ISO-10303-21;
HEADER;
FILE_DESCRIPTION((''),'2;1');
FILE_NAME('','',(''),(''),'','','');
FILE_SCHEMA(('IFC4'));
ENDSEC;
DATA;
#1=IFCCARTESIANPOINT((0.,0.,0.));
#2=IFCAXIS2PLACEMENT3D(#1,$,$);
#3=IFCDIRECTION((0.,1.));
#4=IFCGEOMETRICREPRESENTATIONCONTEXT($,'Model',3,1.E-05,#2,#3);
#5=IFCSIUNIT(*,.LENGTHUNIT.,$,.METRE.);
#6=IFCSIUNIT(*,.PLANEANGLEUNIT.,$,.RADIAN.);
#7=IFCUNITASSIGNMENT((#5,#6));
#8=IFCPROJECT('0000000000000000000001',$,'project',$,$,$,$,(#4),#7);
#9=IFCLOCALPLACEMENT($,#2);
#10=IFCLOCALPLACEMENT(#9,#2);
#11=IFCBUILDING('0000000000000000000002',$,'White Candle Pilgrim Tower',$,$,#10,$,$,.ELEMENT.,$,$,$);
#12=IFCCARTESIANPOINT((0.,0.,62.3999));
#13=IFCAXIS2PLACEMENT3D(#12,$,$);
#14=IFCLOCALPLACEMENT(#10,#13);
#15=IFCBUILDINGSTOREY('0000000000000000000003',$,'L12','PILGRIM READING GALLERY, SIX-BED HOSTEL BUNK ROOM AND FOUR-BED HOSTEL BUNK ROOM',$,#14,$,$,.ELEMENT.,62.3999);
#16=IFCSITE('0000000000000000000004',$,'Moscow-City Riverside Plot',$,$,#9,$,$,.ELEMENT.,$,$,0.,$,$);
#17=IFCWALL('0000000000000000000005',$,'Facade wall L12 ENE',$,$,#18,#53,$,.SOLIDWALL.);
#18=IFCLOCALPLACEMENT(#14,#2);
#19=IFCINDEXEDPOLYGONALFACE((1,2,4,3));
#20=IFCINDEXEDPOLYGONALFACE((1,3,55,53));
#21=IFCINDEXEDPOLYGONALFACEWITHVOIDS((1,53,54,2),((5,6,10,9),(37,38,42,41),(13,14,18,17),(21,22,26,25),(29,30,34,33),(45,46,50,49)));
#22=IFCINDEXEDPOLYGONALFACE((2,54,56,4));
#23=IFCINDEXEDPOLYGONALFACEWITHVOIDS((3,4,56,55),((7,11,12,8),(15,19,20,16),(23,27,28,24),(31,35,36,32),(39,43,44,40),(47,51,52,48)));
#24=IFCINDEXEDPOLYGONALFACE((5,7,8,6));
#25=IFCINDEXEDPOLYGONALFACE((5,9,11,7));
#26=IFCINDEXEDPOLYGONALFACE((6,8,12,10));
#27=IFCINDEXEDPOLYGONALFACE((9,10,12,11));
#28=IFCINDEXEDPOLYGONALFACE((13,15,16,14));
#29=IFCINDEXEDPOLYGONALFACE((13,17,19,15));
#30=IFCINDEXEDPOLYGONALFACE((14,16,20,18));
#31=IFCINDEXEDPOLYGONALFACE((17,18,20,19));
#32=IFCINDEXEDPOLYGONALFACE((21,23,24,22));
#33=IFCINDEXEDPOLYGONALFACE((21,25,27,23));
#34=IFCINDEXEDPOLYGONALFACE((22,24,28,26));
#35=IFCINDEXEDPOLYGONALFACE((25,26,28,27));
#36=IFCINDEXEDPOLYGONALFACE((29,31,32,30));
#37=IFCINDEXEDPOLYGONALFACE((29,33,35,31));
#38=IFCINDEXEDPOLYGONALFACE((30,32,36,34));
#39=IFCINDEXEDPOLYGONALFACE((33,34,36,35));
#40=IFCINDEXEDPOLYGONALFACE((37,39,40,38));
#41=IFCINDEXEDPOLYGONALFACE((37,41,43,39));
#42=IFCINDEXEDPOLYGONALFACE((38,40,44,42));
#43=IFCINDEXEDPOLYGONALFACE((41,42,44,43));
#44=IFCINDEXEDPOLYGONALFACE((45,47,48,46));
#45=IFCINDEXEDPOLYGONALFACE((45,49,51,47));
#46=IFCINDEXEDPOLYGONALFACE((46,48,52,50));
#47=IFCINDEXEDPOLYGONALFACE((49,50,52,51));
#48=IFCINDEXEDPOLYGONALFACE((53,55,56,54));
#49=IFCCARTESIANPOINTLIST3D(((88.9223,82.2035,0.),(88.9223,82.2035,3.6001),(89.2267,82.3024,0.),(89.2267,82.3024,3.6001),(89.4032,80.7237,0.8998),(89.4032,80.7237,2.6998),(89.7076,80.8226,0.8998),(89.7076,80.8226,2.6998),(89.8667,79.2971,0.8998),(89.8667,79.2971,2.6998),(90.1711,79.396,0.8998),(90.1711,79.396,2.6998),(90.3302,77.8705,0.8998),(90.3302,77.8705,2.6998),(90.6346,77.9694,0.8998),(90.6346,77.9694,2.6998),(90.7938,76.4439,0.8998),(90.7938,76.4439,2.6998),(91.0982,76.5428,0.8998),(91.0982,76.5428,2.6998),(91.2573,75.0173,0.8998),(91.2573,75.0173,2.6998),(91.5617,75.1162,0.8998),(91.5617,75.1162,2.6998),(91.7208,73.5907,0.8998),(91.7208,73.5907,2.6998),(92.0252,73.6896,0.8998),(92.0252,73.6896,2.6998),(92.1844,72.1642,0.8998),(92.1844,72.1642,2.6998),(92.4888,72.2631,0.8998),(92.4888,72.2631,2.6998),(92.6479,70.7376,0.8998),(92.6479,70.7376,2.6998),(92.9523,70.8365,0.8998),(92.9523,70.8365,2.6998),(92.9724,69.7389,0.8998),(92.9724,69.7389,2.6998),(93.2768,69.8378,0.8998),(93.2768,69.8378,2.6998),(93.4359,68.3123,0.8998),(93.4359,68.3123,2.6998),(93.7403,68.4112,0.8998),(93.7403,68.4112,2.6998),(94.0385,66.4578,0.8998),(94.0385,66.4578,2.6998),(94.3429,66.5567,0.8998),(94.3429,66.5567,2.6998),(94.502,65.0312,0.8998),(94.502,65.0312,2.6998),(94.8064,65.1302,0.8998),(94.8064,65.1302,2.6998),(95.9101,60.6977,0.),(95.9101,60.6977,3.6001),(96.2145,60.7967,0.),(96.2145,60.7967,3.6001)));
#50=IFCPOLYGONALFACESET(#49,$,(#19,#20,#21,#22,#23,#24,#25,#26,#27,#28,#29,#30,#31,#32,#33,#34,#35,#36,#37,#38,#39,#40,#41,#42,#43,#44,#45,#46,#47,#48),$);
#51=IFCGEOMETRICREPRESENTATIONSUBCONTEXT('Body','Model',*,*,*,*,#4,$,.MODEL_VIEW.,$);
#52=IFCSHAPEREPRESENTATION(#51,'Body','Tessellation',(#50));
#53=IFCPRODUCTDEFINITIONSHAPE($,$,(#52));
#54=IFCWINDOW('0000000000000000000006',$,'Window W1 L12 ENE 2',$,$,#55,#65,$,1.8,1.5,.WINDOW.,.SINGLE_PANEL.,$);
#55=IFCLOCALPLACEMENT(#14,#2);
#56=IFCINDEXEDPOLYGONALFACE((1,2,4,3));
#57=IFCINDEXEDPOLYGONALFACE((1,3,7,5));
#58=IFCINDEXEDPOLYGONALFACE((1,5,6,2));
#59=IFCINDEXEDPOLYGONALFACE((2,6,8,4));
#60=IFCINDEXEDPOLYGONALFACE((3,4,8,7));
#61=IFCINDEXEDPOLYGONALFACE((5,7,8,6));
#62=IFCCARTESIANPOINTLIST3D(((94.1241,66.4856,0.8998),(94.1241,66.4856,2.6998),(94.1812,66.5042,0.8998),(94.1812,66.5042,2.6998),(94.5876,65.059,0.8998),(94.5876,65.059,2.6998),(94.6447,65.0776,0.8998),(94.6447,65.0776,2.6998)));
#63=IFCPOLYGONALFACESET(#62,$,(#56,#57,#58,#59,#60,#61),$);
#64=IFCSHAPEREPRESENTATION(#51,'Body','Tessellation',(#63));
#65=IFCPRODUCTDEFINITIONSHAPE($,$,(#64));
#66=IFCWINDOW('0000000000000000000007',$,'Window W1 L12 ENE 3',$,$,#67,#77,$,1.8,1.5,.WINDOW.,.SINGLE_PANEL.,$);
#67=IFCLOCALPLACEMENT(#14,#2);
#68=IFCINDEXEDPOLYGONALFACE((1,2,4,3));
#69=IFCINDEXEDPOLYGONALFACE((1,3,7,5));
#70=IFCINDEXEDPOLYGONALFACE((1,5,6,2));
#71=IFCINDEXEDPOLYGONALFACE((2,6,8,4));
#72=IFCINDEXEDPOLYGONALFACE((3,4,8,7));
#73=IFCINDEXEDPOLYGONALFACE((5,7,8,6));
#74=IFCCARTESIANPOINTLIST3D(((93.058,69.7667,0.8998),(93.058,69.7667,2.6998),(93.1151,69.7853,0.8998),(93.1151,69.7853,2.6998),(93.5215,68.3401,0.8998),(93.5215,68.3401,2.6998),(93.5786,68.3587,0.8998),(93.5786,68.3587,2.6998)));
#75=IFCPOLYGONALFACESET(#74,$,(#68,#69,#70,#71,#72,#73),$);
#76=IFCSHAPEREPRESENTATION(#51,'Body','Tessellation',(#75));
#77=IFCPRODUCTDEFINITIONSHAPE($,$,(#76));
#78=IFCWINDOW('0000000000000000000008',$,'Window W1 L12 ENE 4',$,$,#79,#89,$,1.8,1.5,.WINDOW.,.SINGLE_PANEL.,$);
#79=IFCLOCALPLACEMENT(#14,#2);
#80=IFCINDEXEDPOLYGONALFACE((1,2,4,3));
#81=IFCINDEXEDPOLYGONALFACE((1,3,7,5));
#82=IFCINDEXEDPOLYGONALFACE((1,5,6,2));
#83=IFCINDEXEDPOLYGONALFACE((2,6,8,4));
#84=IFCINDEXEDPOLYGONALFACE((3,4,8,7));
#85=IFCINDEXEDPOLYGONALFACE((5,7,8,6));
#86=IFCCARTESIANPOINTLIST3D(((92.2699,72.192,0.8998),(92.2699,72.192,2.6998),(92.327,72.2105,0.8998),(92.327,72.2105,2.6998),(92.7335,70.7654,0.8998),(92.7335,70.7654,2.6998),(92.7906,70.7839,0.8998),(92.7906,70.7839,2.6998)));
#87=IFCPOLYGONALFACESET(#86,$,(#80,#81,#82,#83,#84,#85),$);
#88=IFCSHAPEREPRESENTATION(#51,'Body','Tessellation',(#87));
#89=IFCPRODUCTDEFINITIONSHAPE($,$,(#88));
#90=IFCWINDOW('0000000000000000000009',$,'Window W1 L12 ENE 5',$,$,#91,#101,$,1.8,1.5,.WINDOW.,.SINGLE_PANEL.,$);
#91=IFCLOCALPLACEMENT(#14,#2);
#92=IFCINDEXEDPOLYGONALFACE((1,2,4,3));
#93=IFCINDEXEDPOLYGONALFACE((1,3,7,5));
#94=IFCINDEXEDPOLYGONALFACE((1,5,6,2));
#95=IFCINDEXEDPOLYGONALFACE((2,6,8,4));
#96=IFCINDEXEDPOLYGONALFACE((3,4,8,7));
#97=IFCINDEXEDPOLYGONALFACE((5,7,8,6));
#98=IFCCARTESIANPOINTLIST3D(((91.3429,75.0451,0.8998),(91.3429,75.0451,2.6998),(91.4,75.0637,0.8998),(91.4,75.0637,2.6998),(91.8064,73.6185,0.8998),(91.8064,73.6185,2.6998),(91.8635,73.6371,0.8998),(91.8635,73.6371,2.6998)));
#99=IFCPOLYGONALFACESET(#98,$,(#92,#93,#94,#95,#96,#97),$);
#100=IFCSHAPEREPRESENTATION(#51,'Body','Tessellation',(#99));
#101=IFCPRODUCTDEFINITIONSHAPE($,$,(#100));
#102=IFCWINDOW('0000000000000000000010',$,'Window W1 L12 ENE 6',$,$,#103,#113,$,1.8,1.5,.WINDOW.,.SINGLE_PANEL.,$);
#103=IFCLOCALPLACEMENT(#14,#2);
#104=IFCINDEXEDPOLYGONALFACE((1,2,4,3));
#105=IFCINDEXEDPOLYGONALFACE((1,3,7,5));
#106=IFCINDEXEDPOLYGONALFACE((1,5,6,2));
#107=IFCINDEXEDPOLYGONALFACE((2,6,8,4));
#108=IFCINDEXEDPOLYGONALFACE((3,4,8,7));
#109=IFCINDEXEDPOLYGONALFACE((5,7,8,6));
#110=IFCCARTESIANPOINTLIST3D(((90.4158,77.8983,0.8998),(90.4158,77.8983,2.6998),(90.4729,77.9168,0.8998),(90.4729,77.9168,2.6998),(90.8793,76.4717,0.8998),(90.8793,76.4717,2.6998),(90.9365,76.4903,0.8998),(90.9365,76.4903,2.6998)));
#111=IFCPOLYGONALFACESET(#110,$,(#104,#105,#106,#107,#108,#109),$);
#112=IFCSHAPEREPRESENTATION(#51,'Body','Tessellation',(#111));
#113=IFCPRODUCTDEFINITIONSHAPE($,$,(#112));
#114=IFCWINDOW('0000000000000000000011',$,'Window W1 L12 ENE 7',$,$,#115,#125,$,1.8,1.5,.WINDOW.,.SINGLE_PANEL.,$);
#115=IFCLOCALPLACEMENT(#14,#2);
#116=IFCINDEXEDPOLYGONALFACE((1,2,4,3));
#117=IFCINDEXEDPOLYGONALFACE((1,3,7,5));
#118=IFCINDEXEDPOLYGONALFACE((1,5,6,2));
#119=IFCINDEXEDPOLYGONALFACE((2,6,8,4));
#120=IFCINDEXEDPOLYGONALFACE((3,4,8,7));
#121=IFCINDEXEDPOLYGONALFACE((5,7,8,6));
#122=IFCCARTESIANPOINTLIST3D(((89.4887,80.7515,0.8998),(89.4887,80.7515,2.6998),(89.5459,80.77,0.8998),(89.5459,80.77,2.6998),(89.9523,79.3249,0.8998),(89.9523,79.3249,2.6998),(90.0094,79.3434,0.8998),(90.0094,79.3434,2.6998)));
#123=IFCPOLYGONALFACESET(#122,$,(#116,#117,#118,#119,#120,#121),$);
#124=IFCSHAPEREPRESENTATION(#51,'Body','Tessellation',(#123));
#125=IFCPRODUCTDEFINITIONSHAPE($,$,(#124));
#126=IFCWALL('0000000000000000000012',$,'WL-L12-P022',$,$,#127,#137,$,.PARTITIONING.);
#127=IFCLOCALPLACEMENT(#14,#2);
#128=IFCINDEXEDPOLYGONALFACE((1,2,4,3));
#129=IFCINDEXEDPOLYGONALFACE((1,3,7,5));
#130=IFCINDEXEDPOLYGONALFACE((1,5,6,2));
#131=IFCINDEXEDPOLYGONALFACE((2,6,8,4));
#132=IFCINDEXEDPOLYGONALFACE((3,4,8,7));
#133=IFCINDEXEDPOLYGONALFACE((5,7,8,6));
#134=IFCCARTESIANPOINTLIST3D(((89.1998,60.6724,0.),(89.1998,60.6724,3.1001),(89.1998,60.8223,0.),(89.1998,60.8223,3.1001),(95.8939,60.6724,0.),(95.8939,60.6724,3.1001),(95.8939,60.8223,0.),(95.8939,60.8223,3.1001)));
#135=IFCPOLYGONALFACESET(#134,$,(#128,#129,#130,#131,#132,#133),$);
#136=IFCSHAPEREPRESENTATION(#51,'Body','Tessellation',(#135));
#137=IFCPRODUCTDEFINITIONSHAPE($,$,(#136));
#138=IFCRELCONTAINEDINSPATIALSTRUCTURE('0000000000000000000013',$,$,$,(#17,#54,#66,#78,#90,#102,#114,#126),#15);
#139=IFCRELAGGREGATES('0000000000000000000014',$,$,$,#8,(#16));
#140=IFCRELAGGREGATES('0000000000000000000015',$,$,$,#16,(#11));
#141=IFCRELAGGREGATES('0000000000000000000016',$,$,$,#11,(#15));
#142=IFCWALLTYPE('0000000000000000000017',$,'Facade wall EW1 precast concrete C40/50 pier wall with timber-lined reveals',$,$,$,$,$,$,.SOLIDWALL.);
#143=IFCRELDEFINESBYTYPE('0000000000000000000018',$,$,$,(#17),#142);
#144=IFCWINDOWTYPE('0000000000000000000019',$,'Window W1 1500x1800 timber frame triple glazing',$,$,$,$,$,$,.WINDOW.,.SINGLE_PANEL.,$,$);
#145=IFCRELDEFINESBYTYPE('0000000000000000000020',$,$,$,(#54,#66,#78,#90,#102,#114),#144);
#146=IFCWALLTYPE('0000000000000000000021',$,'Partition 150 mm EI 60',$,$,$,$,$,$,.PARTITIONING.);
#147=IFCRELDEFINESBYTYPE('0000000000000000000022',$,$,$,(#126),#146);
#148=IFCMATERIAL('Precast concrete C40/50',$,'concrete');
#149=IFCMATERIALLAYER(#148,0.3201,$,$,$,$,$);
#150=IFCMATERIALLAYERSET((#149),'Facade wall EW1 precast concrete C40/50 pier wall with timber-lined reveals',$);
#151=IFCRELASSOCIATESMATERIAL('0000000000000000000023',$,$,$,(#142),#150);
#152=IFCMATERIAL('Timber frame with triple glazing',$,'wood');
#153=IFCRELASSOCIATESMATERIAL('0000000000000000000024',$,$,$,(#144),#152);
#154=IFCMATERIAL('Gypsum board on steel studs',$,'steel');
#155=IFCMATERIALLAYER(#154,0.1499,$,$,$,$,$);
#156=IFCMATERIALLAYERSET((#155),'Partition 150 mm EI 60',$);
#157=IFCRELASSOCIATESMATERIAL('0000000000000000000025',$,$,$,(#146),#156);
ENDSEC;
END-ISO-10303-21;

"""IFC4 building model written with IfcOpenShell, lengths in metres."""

from ifc_helpers import new_model, si_unit, direction, frame, frame_2d, origin, place, context, subcontext, project, spatial, rectangle, extrude, material, layer, layer_set, type_object, element, fill, save


model = new_model("IFC4")

# Units and contexts
model_context = context("Model", 3, precision=1e-05, world=origin(), true_north=direction((0.0, 1.0)))
body_context = subcontext(model_context, "Body", "Model", "MODEL_VIEW")
ifc_project = project(units=[si_unit("LENGTHUNIT", "METRE"), si_unit("PLANEANGLEUNIT", "RADIAN")], contexts=[model_context])

# Site, building, storey
site_placement = place(None, origin())
site = spatial("IfcSite", under=ifc_project, at=site_placement, Name="Moscow-City Riverside Plot", CompositionType="ELEMENT", RefElevation=0.0)
building_placement = place(site_placement, origin())
building = spatial("IfcBuilding", under=site, at=building_placement, Name="White Candle Pilgrim Tower", CompositionType="ELEMENT")
storey_placement = place(building_placement, frame((0.0, 0.0, 62.3999)))
storey = spatial("IfcBuildingStorey", under=building, at=storey_placement, Name="L12", Description="PILGRIM READING GALLERY, SIX-BED HOSTEL BUNK ROOM AND FOUR-BED HOSTEL BUNK ROOM", CompositionType="ELEMENT", Elevation=62.3999)

# Shared definitions
ifc_material_1 = material(Name="Gypsum board on steel studs", Category="steel")

# Wall, openings, windows
ifc_material_2 = material(Name="Precast concrete C40/50", Category="concrete")
ifc_layer_1 = layer(ifc_material_2, 0.3201)
ifc_layer_set_1 = layer_set([ifc_layer_1], Name="Facade wall EW1 precast concrete C40/50 pier wall with timber-lined reveals")
wall_type_1 = type_object("IfcWallType", Name="Facade wall EW1 precast concrete C40/50 pier wall with timber-lined reveals", PredefinedType="SOLIDWALL", material=ifc_layer_set_1)
wall_1_placement = place(storey_placement, frame((96.0623, 60.7473, 0.0), z_axis=(0.0, 0.0, 1.0), x_axis=(-0.309022, 0.951055, 0.0)))
wall_1 = element("IfcWall", 1, at=wall_1_placement, inside=storey, type_object=wall_type_1, Name="Facade wall L12 ENE", PredefinedType="SOLIDWALL", context=body_context, shape_type="SweptSolid", body=[
    extrude(rectangle(XDim=22.6125, YDim=0.3201, at=frame_2d((11.3062, 0.0))), origin(), (0.0, 0.0, 1.0), 3.6001),
])
opening_1_placement = place(wall_1_placement, frame((4.5564, 0.0, 0.8999)))
opening_1 = element("IfcOpeningElement", 2, at=opening_1_placement, cuts=wall_1, PredefinedType="OPENING", context=body_context, shape_type="SweptSolid", body=[
    extrude(rectangle(XDim=1.5, YDim=1.8, at=frame_2d((0.75, 0.8999))), frame((0.0, 0.1699, 0.0), z_axis=(0.0, -1.0, 0.0), x_axis=(1.0, 0.0, 0.0)), (0.0, 0.0, 1.0), 0.3401),
])
opening_2_placement = place(wall_1_placement, frame((8.0063, 0.0, 0.8999)))
opening_2 = element("IfcOpeningElement", 3, at=opening_2_placement, cuts=wall_1, PredefinedType="OPENING", context=body_context, shape_type="SweptSolid", body=[
    extrude(rectangle(XDim=1.5, YDim=1.8, at=frame_2d((0.75, 0.8999))), frame((0.0, 0.1699, 0.0), z_axis=(0.0, -1.0, 0.0), x_axis=(1.0, 0.0, 0.0)), (0.0, 0.0, 1.0), 0.3401),
])
opening_3_placement = place(wall_1_placement, frame((10.5564, 0.0, 0.8999)))
opening_3 = element("IfcOpeningElement", 4, at=opening_3_placement, cuts=wall_1, PredefinedType="OPENING", context=body_context, shape_type="SweptSolid", body=[
    extrude(rectangle(XDim=1.5, YDim=1.8, at=frame_2d((0.75, 0.8999))), frame((0.0, 0.1699, 0.0), z_axis=(0.0, -1.0, 0.0), x_axis=(1.0, 0.0, 0.0)), (0.0, 0.0, 1.0), 0.3401),
])
opening_4_placement = place(wall_1_placement, frame((13.5564, 0.0, 0.8999)))
opening_4 = element("IfcOpeningElement", 5, at=opening_4_placement, cuts=wall_1, PredefinedType="OPENING", context=body_context, shape_type="SweptSolid", body=[
    extrude(rectangle(XDim=1.5, YDim=1.8, at=frame_2d((0.75, 0.8999))), frame((0.0, 0.1699, 0.0), z_axis=(0.0, -1.0, 0.0), x_axis=(1.0, 0.0, 0.0)), (0.0, 0.0, 1.0), 0.3401),
])
opening_5_placement = place(wall_1_placement, frame((16.5564, 0.0, 0.8999)))
opening_5 = element("IfcOpeningElement", 6, at=opening_5_placement, cuts=wall_1, PredefinedType="OPENING", context=body_context, shape_type="SweptSolid", body=[
    extrude(rectangle(XDim=1.5, YDim=1.8, at=frame_2d((0.75, 0.8999))), frame((0.0, 0.1699, 0.0), z_axis=(0.0, -1.0, 0.0), x_axis=(1.0, 0.0, 0.0)), (0.0, 0.0, 1.0), 0.3401),
])
opening_6_placement = place(wall_1_placement, frame((19.5564, 0.0, 0.8999)))
opening_6 = element("IfcOpeningElement", 7, at=opening_6_placement, cuts=wall_1, PredefinedType="OPENING", context=body_context, shape_type="SweptSolid", body=[
    extrude(rectangle(XDim=1.5, YDim=1.8, at=frame_2d((0.75, 0.8999))), frame((0.0, 0.1699, 0.0), z_axis=(0.0, -1.0, 0.0), x_axis=(1.0, 0.0, 0.0)), (0.0, 0.0, 1.0), 0.3401),
])
ifc_material_3 = material(Name="Timber frame with triple glazing", Category="wood")
window_type = type_object("IfcWindowType", Name="Window W1 1500x1800 timber frame triple glazing", PartitioningType="SINGLE_PANEL", PredefinedType="WINDOW", material=ifc_material_3)
window_1_placement = place(opening_1_placement, origin())
window_1 = element("IfcWindow", 8, at=window_1_placement, inside=storey, type_object=window_type, Name="Window W1 L12 ENE 2", OverallHeight=1.8, OverallWidth=1.5, PartitioningType="SINGLE_PANEL", PredefinedType="WINDOW", context=body_context, shape_type="SweptSolid", body=[
    extrude(rectangle(XDim=1.5, YDim=1.8, at=frame_2d((0.75, 0.8999))), frame((0.0, 0.0701, 0.0), z_axis=(0.0, -1.0, 0.0), x_axis=(1.0, 0.0, 0.0)), (0.0, 0.0, 1.0), 0.0601),
])
fill(opening_1, window_1)
window_2_placement = place(opening_2_placement, origin())
window_2 = element("IfcWindow", 9, at=window_2_placement, inside=storey, type_object=window_type, Name="Window W1 L12 ENE 3", OverallHeight=1.8, OverallWidth=1.5, PartitioningType="SINGLE_PANEL", PredefinedType="WINDOW", context=body_context, shape_type="SweptSolid", body=[
    extrude(rectangle(XDim=1.5, YDim=1.8, at=frame_2d((0.75, 0.8999))), frame((0.0, 0.0701, 0.0), z_axis=(0.0, -1.0, 0.0), x_axis=(1.0, 0.0, 0.0)), (0.0, 0.0, 1.0), 0.0601),
])
fill(opening_2, window_2)
window_3_placement = place(opening_3_placement, origin())
window_3 = element("IfcWindow", 10, at=window_3_placement, inside=storey, type_object=window_type, Name="Window W1 L12 ENE 4", OverallHeight=1.8, OverallWidth=1.5, PartitioningType="SINGLE_PANEL", PredefinedType="WINDOW", context=body_context, shape_type="SweptSolid", body=[
    extrude(rectangle(XDim=1.5, YDim=1.8, at=frame_2d((0.75, 0.8999))), frame((0.0, 0.0701, 0.0), z_axis=(0.0, -1.0, 0.0), x_axis=(1.0, 0.0, 0.0)), (0.0, 0.0, 1.0), 0.0601),
])
fill(opening_3, window_3)
window_4_placement = place(opening_4_placement, origin())
window_4 = element("IfcWindow", 11, at=window_4_placement, inside=storey, type_object=window_type, Name="Window W1 L12 ENE 5", OverallHeight=1.8, OverallWidth=1.5, PartitioningType="SINGLE_PANEL", PredefinedType="WINDOW", context=body_context, shape_type="SweptSolid", body=[
    extrude(rectangle(XDim=1.5, YDim=1.8, at=frame_2d((0.75, 0.8999))), frame((0.0, 0.0701, 0.0), z_axis=(0.0, -1.0, 0.0), x_axis=(1.0, 0.0, 0.0)), (0.0, 0.0, 1.0), 0.0601),
])
fill(opening_4, window_4)
window_5_placement = place(opening_5_placement, origin())
window_5 = element("IfcWindow", 12, at=window_5_placement, inside=storey, type_object=window_type, Name="Window W1 L12 ENE 6", OverallHeight=1.8, OverallWidth=1.5, PartitioningType="SINGLE_PANEL", PredefinedType="WINDOW", context=body_context, shape_type="SweptSolid", body=[
    extrude(rectangle(XDim=1.5, YDim=1.8, at=frame_2d((0.75, 0.8999))), frame((0.0, 0.0701, 0.0), z_axis=(0.0, -1.0, 0.0), x_axis=(1.0, 0.0, 0.0)), (0.0, 0.0, 1.0), 0.0601),
])
fill(opening_5, window_5)
window_6_placement = place(opening_6_placement, origin())
window_6 = element("IfcWindow", 13, at=window_6_placement, inside=storey, type_object=window_type, Name="Window W1 L12 ENE 7", OverallHeight=1.8, OverallWidth=1.5, PartitioningType="SINGLE_PANEL", PredefinedType="WINDOW", context=body_context, shape_type="SweptSolid", body=[
    extrude(rectangle(XDim=1.5, YDim=1.8, at=frame_2d((0.75, 0.8999))), frame((0.0, 0.0701, 0.0), z_axis=(0.0, -1.0, 0.0), x_axis=(1.0, 0.0, 0.0)), (0.0, 0.0, 1.0), 0.0601),
])
fill(opening_6, window_6)

# Wall
ifc_layer_2 = layer(ifc_material_1, 0.1499)
ifc_layer_set_2 = layer_set([ifc_layer_2], Name="Partition 150 mm EI 60")
wall_type_2 = type_object("IfcWallType", Name="Partition 150 mm EI 60", PredefinedType="PARTITIONING", material=ifc_layer_set_2)
wall_2_placement = place(storey_placement, frame((95.894, 60.7473, 0.0), z_axis=(0.0, 0.0, 1.0), x_axis=(-1.0, 0.0, 0.0)))
element("IfcWall", 14, at=wall_2_placement, inside=storey, type_object=wall_type_2, Name="WL-L12-P022", PredefinedType="PARTITIONING", context=body_context, shape_type="SweptSolid", body=[
    extrude(rectangle(XDim=6.6941, YDim=0.1499, at=frame_2d((3.3472, 0.0))), origin(), (0.0, 0.0, 1.0), 3.1001),
])

save(model, "model.ifc")
